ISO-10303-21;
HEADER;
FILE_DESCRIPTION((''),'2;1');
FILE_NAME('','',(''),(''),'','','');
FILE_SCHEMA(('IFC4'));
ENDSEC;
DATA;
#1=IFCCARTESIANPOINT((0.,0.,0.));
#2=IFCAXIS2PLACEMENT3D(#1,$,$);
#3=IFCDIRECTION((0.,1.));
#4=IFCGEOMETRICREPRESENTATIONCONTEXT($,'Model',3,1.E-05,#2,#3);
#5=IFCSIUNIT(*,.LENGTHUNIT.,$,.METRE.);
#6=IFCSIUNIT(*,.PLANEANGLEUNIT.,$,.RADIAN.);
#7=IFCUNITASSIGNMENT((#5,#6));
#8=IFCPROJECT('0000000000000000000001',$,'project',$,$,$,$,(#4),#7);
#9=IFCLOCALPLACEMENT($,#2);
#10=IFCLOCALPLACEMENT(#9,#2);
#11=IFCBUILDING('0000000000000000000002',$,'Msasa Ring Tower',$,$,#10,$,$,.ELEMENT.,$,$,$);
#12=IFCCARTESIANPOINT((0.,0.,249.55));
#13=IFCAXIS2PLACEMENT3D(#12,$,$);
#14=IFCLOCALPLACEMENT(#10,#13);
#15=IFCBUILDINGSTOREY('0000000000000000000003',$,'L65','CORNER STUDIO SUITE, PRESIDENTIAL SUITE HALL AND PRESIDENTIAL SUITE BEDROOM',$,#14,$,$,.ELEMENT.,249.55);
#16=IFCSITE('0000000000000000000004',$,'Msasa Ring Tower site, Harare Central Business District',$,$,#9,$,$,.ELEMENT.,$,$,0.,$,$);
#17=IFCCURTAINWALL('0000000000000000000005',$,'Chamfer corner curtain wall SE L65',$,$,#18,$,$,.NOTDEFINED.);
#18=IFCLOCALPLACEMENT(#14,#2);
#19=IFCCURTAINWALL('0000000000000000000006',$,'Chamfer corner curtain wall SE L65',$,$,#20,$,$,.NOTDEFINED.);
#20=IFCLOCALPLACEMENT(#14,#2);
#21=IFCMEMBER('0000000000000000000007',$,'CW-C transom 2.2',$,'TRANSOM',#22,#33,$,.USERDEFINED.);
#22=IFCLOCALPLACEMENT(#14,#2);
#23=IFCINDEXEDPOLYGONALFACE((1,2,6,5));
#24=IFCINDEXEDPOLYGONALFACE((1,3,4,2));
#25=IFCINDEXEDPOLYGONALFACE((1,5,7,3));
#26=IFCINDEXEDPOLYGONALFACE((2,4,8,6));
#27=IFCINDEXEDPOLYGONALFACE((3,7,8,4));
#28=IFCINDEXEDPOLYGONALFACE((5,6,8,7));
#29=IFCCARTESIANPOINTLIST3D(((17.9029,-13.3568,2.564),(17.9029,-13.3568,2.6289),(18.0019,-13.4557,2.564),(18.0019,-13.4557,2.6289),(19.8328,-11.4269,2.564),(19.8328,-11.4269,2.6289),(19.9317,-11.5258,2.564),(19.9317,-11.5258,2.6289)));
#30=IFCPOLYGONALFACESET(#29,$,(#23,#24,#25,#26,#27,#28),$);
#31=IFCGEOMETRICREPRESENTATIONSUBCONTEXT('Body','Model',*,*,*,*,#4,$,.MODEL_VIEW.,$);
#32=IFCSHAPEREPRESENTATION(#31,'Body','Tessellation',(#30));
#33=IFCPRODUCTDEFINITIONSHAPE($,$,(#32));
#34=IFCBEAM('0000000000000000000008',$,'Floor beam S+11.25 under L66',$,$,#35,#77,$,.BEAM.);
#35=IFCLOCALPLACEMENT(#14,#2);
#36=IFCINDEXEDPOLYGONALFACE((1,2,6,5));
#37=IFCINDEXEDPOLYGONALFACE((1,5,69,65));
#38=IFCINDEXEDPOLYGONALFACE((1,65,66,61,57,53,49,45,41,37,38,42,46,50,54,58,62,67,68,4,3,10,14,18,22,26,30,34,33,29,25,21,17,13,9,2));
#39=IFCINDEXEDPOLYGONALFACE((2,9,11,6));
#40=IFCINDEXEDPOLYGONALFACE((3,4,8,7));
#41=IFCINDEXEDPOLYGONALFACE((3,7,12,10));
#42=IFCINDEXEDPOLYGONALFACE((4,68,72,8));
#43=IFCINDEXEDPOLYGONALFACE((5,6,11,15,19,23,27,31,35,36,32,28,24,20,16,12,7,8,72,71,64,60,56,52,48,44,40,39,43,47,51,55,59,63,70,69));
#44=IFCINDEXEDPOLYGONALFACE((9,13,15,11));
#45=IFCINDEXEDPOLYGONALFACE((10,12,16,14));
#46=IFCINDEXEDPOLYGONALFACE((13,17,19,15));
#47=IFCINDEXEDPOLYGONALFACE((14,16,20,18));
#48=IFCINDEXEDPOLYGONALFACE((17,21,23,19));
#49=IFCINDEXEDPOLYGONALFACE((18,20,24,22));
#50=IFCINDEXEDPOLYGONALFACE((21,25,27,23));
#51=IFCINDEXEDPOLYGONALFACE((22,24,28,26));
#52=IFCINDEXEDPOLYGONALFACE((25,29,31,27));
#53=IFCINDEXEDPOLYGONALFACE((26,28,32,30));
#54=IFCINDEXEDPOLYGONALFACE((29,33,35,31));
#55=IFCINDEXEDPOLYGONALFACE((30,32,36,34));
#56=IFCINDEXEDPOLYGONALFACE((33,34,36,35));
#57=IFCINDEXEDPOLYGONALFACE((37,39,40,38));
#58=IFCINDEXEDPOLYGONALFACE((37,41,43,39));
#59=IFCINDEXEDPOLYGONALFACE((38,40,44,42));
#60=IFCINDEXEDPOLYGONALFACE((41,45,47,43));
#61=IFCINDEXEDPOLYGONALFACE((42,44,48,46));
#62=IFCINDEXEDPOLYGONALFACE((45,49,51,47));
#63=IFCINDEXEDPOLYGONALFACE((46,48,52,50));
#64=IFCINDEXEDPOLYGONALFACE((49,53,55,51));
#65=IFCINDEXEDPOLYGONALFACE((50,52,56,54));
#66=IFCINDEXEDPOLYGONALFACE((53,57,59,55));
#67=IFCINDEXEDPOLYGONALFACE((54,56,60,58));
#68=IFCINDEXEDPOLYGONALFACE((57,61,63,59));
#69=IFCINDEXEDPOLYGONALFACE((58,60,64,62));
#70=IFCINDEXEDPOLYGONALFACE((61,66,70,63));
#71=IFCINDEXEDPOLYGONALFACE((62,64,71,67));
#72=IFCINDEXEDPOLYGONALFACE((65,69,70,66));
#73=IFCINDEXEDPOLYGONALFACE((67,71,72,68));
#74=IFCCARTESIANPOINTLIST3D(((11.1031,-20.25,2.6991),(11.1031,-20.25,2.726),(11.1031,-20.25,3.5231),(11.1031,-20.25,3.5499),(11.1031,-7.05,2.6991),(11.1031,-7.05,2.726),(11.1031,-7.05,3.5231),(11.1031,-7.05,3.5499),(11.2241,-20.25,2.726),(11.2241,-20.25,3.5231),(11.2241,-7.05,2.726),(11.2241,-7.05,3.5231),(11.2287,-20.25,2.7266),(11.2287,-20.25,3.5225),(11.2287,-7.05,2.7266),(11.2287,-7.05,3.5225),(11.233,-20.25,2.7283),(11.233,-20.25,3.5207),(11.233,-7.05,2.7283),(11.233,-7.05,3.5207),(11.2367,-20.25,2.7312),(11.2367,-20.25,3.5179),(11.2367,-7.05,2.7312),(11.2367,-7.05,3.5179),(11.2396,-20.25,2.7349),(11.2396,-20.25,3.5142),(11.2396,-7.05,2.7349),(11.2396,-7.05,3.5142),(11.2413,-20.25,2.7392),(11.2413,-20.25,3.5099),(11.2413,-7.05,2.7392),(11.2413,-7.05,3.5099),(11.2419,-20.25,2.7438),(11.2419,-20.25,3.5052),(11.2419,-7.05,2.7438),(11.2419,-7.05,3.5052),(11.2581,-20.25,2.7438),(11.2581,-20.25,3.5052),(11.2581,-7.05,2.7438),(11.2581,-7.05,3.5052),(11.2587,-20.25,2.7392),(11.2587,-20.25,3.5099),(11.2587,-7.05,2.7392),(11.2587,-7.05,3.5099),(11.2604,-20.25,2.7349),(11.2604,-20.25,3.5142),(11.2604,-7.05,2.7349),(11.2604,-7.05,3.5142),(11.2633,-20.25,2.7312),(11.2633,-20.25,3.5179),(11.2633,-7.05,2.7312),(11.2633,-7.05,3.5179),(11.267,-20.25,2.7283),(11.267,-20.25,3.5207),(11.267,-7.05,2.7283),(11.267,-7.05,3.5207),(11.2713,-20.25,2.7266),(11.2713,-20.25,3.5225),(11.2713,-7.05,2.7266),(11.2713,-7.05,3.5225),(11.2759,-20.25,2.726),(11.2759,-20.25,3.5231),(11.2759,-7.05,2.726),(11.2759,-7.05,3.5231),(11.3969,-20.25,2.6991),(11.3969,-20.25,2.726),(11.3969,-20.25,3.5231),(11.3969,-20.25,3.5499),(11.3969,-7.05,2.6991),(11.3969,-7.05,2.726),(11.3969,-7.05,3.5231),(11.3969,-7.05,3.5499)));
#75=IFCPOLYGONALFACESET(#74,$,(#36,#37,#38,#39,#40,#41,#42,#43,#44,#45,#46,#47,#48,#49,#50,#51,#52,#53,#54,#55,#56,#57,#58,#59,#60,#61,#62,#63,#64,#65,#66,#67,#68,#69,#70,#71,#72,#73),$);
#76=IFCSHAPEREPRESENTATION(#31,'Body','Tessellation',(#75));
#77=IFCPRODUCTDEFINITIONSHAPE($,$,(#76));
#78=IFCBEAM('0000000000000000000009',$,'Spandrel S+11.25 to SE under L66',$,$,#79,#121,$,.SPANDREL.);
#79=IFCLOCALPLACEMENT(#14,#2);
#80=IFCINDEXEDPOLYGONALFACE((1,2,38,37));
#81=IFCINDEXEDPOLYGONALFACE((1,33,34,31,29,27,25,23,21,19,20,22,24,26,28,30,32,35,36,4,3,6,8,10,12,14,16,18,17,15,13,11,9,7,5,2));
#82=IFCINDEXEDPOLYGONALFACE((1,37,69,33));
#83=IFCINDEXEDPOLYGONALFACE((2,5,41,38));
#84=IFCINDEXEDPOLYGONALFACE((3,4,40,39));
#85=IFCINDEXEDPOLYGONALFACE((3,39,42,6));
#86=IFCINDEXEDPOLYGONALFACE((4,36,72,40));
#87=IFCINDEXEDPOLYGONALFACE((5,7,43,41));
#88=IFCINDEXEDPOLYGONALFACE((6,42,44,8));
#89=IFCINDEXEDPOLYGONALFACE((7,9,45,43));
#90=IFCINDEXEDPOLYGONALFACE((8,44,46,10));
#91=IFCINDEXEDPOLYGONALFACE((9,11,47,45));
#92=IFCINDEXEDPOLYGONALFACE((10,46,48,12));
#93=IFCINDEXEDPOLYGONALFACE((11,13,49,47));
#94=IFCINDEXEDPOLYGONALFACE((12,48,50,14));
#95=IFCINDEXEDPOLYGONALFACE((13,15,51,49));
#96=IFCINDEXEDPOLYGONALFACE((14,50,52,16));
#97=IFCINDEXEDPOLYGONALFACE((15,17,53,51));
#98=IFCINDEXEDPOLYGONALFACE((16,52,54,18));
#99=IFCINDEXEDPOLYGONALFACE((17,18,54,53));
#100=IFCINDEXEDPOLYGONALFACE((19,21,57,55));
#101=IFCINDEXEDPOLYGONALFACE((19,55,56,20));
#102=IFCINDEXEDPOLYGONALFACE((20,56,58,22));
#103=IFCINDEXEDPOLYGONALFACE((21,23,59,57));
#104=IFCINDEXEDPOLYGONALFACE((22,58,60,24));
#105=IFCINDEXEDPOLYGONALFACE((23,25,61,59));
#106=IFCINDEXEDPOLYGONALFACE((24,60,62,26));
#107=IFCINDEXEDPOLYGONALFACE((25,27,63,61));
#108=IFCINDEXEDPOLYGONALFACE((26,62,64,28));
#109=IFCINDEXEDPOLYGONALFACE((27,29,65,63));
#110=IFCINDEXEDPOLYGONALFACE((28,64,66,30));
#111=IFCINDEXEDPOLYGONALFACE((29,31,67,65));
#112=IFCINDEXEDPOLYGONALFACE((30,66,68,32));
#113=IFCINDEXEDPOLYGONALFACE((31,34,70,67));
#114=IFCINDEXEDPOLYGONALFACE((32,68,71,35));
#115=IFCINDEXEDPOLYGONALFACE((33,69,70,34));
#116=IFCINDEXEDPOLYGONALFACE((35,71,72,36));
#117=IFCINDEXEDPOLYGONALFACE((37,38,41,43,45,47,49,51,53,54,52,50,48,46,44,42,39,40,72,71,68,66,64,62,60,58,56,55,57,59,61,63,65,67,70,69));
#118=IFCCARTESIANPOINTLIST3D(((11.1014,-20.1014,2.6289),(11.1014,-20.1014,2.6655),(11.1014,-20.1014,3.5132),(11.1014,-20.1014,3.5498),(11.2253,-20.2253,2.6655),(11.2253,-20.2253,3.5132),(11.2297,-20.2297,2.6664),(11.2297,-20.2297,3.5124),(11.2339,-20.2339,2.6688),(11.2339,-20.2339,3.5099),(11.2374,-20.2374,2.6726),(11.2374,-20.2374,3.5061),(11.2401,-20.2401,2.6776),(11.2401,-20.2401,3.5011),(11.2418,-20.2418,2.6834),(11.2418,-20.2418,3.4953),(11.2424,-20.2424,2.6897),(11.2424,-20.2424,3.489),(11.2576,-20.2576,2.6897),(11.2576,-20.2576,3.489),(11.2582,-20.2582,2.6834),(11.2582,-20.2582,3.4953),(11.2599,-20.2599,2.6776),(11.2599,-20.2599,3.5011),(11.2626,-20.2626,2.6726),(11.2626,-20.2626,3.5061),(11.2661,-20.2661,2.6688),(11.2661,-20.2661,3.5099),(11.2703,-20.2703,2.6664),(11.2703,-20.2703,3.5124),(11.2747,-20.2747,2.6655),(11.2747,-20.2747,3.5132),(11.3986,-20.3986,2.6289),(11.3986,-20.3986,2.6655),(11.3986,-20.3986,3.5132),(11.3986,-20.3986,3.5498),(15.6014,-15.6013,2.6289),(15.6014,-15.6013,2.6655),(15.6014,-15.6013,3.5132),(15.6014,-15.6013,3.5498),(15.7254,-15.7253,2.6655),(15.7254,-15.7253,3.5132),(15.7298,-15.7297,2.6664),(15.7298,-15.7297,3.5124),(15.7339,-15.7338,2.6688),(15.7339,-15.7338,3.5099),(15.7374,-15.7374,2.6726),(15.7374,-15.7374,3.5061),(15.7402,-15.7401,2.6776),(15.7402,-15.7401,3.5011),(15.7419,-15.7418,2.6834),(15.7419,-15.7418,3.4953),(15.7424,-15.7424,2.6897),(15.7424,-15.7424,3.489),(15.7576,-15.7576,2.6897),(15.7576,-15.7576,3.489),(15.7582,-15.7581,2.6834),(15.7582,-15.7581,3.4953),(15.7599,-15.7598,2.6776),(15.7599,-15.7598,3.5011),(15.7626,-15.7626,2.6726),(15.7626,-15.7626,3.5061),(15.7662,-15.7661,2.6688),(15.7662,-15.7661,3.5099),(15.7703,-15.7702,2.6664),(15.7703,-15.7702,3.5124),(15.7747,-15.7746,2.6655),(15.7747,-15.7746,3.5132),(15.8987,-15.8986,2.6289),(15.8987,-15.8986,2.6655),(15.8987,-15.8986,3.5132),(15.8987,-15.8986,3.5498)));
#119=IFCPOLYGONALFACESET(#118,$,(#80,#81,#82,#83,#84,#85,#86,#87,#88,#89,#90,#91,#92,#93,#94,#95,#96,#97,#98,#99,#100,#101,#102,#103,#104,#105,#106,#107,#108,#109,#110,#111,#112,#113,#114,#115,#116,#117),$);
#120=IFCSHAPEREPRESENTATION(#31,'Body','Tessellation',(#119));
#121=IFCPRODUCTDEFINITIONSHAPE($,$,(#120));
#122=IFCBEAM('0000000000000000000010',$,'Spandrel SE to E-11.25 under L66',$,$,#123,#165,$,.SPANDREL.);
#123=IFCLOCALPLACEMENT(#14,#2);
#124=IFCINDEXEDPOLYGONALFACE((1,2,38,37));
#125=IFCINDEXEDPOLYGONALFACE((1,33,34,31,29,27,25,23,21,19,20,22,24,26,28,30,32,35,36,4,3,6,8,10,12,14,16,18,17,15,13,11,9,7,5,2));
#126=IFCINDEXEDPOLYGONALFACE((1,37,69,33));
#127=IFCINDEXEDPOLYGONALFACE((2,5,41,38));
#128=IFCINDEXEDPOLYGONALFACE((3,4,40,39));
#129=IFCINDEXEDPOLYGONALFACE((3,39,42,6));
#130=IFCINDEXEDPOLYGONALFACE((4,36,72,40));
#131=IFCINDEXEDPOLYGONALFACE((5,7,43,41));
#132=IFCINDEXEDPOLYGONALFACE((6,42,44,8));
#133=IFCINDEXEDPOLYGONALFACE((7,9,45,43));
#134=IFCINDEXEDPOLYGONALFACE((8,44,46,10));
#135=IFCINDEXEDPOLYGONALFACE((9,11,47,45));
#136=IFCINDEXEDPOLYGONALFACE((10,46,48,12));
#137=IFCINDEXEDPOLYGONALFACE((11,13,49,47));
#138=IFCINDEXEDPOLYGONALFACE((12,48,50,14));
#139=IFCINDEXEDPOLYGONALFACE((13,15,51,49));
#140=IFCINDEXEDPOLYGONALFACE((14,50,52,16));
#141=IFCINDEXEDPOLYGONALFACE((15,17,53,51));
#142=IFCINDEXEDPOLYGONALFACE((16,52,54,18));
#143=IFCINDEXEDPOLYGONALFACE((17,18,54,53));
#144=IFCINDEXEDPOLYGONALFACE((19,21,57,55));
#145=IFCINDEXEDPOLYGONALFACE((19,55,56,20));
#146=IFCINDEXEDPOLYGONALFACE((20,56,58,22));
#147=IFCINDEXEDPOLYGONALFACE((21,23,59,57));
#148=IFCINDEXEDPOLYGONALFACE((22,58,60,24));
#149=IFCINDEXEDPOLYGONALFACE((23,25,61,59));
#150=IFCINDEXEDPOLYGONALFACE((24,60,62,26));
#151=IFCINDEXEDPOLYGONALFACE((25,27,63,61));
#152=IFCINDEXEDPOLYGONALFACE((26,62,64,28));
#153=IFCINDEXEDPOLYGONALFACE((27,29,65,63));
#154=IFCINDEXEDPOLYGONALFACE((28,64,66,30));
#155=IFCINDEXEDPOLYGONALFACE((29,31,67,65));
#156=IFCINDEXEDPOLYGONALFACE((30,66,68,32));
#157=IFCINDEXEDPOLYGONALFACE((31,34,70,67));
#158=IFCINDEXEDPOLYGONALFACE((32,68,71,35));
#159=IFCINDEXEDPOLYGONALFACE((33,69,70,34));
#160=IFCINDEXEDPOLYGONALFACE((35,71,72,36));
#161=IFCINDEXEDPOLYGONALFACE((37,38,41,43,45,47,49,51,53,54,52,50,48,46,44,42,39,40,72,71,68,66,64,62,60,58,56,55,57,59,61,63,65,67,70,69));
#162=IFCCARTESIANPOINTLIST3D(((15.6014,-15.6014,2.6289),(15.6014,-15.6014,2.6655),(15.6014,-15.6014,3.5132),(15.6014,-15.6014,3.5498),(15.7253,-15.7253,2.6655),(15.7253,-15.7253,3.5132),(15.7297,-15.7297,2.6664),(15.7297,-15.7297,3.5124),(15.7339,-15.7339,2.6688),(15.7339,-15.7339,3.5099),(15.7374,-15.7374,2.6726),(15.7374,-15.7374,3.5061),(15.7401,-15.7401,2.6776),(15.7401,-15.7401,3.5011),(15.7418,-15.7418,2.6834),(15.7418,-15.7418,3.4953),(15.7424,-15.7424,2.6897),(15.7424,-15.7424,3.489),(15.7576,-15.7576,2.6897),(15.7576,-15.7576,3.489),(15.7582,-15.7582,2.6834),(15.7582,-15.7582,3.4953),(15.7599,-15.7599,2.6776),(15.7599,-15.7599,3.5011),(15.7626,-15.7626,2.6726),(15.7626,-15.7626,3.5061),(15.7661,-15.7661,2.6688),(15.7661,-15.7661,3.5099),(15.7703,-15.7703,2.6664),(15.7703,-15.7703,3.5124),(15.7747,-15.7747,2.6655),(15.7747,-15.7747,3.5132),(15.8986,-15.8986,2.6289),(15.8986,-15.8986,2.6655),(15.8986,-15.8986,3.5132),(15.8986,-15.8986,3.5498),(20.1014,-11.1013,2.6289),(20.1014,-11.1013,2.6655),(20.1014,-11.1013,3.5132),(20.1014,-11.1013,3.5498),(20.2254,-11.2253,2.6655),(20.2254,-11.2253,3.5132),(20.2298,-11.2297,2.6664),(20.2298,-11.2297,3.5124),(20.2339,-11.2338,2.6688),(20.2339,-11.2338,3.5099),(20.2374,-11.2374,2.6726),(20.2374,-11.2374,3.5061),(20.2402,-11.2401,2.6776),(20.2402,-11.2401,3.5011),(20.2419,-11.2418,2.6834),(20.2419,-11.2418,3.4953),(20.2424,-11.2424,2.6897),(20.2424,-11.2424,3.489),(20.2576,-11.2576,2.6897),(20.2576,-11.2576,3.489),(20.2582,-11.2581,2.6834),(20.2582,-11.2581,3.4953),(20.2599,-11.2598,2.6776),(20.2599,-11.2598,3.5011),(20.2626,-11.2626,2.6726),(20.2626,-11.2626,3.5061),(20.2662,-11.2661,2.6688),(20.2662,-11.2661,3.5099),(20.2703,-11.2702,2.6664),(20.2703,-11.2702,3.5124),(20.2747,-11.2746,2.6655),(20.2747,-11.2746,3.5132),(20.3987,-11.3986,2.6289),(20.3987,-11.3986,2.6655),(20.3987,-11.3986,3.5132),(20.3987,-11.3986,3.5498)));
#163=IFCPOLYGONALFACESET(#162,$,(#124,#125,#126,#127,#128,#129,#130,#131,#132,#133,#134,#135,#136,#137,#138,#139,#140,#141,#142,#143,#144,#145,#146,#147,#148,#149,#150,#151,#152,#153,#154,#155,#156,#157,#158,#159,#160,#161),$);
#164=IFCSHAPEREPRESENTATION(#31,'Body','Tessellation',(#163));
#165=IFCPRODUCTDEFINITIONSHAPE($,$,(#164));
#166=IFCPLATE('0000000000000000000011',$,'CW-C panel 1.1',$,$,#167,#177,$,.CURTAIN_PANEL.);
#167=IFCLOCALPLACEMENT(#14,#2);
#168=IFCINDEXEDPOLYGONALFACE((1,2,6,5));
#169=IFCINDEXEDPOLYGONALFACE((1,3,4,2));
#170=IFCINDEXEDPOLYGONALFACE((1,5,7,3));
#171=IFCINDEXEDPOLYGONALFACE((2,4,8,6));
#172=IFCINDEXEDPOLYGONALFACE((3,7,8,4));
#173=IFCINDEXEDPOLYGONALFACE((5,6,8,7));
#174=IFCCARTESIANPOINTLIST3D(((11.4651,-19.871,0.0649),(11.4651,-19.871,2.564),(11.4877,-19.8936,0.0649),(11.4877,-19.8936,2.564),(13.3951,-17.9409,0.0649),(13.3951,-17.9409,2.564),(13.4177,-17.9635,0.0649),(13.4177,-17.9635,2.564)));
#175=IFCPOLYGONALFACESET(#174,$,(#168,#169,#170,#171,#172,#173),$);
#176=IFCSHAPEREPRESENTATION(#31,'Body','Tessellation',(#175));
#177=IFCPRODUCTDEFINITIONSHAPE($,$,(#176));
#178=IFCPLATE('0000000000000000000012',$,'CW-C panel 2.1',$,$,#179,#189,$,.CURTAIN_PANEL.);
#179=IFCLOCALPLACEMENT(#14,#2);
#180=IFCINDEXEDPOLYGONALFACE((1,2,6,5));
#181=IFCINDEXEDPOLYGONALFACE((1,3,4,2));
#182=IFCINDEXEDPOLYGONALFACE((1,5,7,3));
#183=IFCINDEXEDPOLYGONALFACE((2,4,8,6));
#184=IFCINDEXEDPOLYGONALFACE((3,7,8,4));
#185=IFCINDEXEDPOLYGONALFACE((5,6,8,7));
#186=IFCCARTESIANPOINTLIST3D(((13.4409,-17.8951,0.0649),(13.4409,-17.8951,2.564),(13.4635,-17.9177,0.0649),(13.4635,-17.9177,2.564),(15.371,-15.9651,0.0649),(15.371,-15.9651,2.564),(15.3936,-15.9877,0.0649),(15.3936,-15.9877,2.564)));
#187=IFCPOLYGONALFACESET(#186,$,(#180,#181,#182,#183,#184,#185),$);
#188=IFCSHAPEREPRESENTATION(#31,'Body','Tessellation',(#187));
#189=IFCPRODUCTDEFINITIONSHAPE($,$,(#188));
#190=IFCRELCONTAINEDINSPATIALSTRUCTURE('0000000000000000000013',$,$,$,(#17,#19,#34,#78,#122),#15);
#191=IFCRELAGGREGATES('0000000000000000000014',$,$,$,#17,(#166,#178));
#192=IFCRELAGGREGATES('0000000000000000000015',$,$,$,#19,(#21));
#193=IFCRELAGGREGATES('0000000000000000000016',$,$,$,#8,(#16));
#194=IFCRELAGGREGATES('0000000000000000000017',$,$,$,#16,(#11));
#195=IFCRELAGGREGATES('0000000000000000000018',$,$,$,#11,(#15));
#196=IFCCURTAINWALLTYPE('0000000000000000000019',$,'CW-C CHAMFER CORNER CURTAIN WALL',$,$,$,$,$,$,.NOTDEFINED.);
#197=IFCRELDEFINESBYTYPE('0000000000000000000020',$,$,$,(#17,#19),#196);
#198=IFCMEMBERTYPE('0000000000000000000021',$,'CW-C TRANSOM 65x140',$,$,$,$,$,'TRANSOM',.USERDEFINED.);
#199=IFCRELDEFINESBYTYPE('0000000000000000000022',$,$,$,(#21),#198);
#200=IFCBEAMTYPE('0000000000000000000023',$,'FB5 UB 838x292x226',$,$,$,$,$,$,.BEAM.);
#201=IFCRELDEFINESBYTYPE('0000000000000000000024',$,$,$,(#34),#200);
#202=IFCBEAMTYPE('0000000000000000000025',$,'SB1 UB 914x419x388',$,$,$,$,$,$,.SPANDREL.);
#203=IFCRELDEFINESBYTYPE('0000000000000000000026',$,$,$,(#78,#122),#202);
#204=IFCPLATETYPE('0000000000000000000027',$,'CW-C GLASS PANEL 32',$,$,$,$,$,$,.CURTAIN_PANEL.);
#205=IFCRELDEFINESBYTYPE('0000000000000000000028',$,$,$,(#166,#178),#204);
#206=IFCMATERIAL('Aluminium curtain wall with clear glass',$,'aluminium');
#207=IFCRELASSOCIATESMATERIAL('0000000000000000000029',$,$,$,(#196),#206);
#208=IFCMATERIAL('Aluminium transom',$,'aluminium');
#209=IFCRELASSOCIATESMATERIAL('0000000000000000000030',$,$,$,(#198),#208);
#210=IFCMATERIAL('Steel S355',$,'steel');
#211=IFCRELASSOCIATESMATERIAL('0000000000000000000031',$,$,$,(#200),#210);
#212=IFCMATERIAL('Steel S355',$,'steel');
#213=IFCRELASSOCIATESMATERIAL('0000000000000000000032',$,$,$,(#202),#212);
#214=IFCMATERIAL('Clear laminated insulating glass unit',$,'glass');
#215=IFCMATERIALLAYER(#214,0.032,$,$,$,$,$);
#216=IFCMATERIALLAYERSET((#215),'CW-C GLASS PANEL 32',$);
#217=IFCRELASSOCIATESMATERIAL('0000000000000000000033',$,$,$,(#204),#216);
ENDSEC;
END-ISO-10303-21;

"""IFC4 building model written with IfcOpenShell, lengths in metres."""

from ifc_helpers import new_model, si_unit, direction, frame, origin, origin_2d, place, context, subcontext, project, spatial, rectangle, i_section, extrude, material, layer, layer_set, material_profile, profile_set, type_object, element, aggregate, save


model = new_model("IFC4")

# Units and contexts
model_context = context("Model", 3, precision=1e-05, world=origin(), true_north=direction((0.0, 1.0)))
body_context = subcontext(model_context, "Body", "Model", "MODEL_VIEW")
ifc_project = project(units=[si_unit("LENGTHUNIT", "METRE"), si_unit("PLANEANGLEUNIT", "RADIAN")], contexts=[model_context])

# Site, building, storey
site_placement = place(None, origin())
site = spatial("IfcSite", under=ifc_project, at=site_placement, Name="Msasa Ring Tower site, Harare Central Business District", CompositionType="ELEMENT", RefElevation=0.0)
building_placement = place(site_placement, origin())
building = spatial("IfcBuilding", under=site, at=building_placement, Name="Msasa Ring Tower", CompositionType="ELEMENT")
storey_placement = place(building_placement, frame((0.0, 0.0, 249.55)))
storey = spatial("IfcBuildingStorey", under=building, at=storey_placement, Name="L65", Description="CORNER STUDIO SUITE, PRESIDENTIAL SUITE HALL AND PRESIDENTIAL SUITE BEDROOM", CompositionType="ELEMENT", Elevation=249.55)

# Curtain walls
ifc_material_1 = material(Name="Aluminium curtain wall with clear glass", Category="aluminium")
curtain_wall_type = type_object("IfcCurtainWallType", Name="CW-C CHAMFER CORNER CURTAIN WALL", PredefinedType="NOTDEFINED", material=ifc_material_1)
curtain_wall_1_placement = place(storey_placement, origin())
curtain_wall_1 = element("IfcCurtainWall", 1, at=curtain_wall_1_placement, inside=storey, type_object=curtain_wall_type, Name="Chamfer corner curtain wall SE L65", PredefinedType="NOTDEFINED")
curtain_wall_2_placement = place(storey_placement, origin())
curtain_wall_2 = element("IfcCurtainWall", 2, at=curtain_wall_2_placement, inside=storey, type_object=curtain_wall_type, Name="Chamfer corner curtain wall SE L65", PredefinedType="NOTDEFINED")

# Member
ifc_material_2 = material(Name="Aluminium transom", Category="aluminium")
ifc_material_profile_1 = material_profile(ifc_material_2, rectangle(XDim=0.1399, YDim=0.0649, at=origin_2d()), Name="AL 65x140")
ifc_profile_set_1 = profile_set([ifc_material_profile_1], Name="Aluminium transom")
member_type_1 = type_object("IfcMemberType", Name="CW-C TRANSOM 65x140", ElementType="TRANSOM", PredefinedType="USERDEFINED", material=ifc_profile_set_1)
member_1_placement = place(storey_placement, frame((17.9524, -13.4062, 2.5964), z_axis=(0.707107, 0.707107, 0.0), x_axis=(-0.707107, 0.707107, 0.0)))
member_1 = element("IfcMember", 3, at=member_1_placement, type_object=member_type_1, Name="CW-C transom 2.2", ObjectType="TRANSOM", PredefinedType="USERDEFINED", context=body_context, shape_type="SweptSolid", body=[
    extrude(rectangle(XDim=0.1399, YDim=0.0649, at=origin_2d()), origin(), (0.0, 0.0, 1.0), 2.7292),
])

# Beams
ifc_material_3 = material(Name="Steel S355", Category="steel")
ifc_material_profile_2 = material_profile(ifc_material_3, i_section(OverallWidth=0.2937, OverallDepth=0.8508, WebThickness=0.0161, FlangeThickness=0.0269, FilletRadius=0.0178, at=origin_2d()), Name="UB 838x292x226")
ifc_profile_set_2 = profile_set([ifc_material_profile_2], Name="Steel S355")
beam_type_1 = type_object("IfcBeamType", Name="FB5 UB 838x292x226", PredefinedType="BEAM", material=ifc_profile_set_2)
beam_placement = place(storey_placement, frame((11.25, -20.25, 3.1245), z_axis=(0.0, 1.0, 0.0), x_axis=(-1.0, 0.0, 0.0)))
element("IfcBeam", 4, at=beam_placement, inside=storey, type_object=beam_type_1, Name="Floor beam S+11.25 under L66", PredefinedType="BEAM", context=body_context, shape_type="SweptSolid", body=[
    extrude(i_section(OverallWidth=0.2937, OverallDepth=0.8508, WebThickness=0.0161, FlangeThickness=0.0269, FilletRadius=0.0178, at=origin_2d()), origin(), (0.0, 0.0, 1.0), 13.2),
])
ifc_material_4 = material(Name="Steel S355", Category="steel")
ifc_material_profile_3 = material_profile(ifc_material_4, i_section(OverallWidth=0.4204, OverallDepth=0.9209, WebThickness=0.0215, FlangeThickness=0.0366, FilletRadius=0.0242, at=origin_2d()), Name="UB 914x419x388")
ifc_profile_set_3 = profile_set([ifc_material_profile_3], Name="Steel S355")
beam_type_2 = type_object("IfcBeamType", Name="SB1 UB 914x419x388", PredefinedType="SPANDREL", material=ifc_profile_set_3)
for number, where, z_axis, x_axis, name in (
    (5, (11.25, -20.25, 3.0894), (0.707107, 0.707107, 0.0), (-0.707107, 0.707107, 0.0), "Spandrel S+11.25 to SE under L66"),
    (6, (15.75, -15.75, 3.0894), (0.707107, 0.707107, 0.0), (-0.707107, 0.707107, 0.0), "Spandrel SE to E-11.25 under L66"),
):
    element("IfcBeam", number, at=place(storey_placement, frame(where, z_axis=z_axis, x_axis=x_axis)), inside=storey, type_object=beam_type_2, Name=name, PredefinedType="SPANDREL", context=body_context, shape_type="SweptSolid", body=[
        extrude(i_section(OverallWidth=0.4204, OverallDepth=0.9209, WebThickness=0.0215, FlangeThickness=0.0366, FilletRadius=0.0242, at=origin_2d()), origin(), (0.0, 0.0, 1.0), 6.364),
    ])

# Plates
ifc_material_5 = material(Name="Clear laminated insulating glass unit", Category="glass")
ifc_layer_1 = layer(ifc_material_5, 0.032)
ifc_layer_set_1 = layer_set([ifc_layer_1], Name="CW-C GLASS PANEL 32")
plate_type = type_object("IfcPlateType", Name="CW-C GLASS PANEL 32", PredefinedType="CURTAIN_PANEL", material=ifc_layer_set_1)
plate_1_placement = place(storey_placement, frame((12.4414, -18.9172, 0.0649), z_axis=(0.0, 0.0, 1.0), x_axis=(0.707107, 0.707107, 0.0)))
plate_1 = element("IfcPlate", 7, at=plate_1_placement, type_object=plate_type, Name="CW-C panel 1.1", PredefinedType="CURTAIN_PANEL", context=body_context, shape_type="SweptSolid", body=[
    extrude(rectangle(XDim=2.7295, YDim=0.032, at=origin_2d()), origin(), (0.0, 0.0, 1.0), 2.499),
])
plate_2_placement = place(storey_placement, frame((14.4172, -16.9414, 0.0649), z_axis=(0.0, 0.0, 1.0), x_axis=(0.707107, 0.707107, 0.0)))
plate_2 = element("IfcPlate", 8, at=plate_2_placement, type_object=plate_type, Name="CW-C panel 2.1", PredefinedType="CURTAIN_PANEL", context=body_context, shape_type="SweptSolid", body=[
    extrude(rectangle(XDim=2.7295, YDim=0.032, at=origin_2d()), origin(), (0.0, 0.0, 1.0), 2.499),
])
aggregate(curtain_wall_1, [plate_1, plate_2])
aggregate(curtain_wall_2, [member_1])

save(model, "model.ifc")
